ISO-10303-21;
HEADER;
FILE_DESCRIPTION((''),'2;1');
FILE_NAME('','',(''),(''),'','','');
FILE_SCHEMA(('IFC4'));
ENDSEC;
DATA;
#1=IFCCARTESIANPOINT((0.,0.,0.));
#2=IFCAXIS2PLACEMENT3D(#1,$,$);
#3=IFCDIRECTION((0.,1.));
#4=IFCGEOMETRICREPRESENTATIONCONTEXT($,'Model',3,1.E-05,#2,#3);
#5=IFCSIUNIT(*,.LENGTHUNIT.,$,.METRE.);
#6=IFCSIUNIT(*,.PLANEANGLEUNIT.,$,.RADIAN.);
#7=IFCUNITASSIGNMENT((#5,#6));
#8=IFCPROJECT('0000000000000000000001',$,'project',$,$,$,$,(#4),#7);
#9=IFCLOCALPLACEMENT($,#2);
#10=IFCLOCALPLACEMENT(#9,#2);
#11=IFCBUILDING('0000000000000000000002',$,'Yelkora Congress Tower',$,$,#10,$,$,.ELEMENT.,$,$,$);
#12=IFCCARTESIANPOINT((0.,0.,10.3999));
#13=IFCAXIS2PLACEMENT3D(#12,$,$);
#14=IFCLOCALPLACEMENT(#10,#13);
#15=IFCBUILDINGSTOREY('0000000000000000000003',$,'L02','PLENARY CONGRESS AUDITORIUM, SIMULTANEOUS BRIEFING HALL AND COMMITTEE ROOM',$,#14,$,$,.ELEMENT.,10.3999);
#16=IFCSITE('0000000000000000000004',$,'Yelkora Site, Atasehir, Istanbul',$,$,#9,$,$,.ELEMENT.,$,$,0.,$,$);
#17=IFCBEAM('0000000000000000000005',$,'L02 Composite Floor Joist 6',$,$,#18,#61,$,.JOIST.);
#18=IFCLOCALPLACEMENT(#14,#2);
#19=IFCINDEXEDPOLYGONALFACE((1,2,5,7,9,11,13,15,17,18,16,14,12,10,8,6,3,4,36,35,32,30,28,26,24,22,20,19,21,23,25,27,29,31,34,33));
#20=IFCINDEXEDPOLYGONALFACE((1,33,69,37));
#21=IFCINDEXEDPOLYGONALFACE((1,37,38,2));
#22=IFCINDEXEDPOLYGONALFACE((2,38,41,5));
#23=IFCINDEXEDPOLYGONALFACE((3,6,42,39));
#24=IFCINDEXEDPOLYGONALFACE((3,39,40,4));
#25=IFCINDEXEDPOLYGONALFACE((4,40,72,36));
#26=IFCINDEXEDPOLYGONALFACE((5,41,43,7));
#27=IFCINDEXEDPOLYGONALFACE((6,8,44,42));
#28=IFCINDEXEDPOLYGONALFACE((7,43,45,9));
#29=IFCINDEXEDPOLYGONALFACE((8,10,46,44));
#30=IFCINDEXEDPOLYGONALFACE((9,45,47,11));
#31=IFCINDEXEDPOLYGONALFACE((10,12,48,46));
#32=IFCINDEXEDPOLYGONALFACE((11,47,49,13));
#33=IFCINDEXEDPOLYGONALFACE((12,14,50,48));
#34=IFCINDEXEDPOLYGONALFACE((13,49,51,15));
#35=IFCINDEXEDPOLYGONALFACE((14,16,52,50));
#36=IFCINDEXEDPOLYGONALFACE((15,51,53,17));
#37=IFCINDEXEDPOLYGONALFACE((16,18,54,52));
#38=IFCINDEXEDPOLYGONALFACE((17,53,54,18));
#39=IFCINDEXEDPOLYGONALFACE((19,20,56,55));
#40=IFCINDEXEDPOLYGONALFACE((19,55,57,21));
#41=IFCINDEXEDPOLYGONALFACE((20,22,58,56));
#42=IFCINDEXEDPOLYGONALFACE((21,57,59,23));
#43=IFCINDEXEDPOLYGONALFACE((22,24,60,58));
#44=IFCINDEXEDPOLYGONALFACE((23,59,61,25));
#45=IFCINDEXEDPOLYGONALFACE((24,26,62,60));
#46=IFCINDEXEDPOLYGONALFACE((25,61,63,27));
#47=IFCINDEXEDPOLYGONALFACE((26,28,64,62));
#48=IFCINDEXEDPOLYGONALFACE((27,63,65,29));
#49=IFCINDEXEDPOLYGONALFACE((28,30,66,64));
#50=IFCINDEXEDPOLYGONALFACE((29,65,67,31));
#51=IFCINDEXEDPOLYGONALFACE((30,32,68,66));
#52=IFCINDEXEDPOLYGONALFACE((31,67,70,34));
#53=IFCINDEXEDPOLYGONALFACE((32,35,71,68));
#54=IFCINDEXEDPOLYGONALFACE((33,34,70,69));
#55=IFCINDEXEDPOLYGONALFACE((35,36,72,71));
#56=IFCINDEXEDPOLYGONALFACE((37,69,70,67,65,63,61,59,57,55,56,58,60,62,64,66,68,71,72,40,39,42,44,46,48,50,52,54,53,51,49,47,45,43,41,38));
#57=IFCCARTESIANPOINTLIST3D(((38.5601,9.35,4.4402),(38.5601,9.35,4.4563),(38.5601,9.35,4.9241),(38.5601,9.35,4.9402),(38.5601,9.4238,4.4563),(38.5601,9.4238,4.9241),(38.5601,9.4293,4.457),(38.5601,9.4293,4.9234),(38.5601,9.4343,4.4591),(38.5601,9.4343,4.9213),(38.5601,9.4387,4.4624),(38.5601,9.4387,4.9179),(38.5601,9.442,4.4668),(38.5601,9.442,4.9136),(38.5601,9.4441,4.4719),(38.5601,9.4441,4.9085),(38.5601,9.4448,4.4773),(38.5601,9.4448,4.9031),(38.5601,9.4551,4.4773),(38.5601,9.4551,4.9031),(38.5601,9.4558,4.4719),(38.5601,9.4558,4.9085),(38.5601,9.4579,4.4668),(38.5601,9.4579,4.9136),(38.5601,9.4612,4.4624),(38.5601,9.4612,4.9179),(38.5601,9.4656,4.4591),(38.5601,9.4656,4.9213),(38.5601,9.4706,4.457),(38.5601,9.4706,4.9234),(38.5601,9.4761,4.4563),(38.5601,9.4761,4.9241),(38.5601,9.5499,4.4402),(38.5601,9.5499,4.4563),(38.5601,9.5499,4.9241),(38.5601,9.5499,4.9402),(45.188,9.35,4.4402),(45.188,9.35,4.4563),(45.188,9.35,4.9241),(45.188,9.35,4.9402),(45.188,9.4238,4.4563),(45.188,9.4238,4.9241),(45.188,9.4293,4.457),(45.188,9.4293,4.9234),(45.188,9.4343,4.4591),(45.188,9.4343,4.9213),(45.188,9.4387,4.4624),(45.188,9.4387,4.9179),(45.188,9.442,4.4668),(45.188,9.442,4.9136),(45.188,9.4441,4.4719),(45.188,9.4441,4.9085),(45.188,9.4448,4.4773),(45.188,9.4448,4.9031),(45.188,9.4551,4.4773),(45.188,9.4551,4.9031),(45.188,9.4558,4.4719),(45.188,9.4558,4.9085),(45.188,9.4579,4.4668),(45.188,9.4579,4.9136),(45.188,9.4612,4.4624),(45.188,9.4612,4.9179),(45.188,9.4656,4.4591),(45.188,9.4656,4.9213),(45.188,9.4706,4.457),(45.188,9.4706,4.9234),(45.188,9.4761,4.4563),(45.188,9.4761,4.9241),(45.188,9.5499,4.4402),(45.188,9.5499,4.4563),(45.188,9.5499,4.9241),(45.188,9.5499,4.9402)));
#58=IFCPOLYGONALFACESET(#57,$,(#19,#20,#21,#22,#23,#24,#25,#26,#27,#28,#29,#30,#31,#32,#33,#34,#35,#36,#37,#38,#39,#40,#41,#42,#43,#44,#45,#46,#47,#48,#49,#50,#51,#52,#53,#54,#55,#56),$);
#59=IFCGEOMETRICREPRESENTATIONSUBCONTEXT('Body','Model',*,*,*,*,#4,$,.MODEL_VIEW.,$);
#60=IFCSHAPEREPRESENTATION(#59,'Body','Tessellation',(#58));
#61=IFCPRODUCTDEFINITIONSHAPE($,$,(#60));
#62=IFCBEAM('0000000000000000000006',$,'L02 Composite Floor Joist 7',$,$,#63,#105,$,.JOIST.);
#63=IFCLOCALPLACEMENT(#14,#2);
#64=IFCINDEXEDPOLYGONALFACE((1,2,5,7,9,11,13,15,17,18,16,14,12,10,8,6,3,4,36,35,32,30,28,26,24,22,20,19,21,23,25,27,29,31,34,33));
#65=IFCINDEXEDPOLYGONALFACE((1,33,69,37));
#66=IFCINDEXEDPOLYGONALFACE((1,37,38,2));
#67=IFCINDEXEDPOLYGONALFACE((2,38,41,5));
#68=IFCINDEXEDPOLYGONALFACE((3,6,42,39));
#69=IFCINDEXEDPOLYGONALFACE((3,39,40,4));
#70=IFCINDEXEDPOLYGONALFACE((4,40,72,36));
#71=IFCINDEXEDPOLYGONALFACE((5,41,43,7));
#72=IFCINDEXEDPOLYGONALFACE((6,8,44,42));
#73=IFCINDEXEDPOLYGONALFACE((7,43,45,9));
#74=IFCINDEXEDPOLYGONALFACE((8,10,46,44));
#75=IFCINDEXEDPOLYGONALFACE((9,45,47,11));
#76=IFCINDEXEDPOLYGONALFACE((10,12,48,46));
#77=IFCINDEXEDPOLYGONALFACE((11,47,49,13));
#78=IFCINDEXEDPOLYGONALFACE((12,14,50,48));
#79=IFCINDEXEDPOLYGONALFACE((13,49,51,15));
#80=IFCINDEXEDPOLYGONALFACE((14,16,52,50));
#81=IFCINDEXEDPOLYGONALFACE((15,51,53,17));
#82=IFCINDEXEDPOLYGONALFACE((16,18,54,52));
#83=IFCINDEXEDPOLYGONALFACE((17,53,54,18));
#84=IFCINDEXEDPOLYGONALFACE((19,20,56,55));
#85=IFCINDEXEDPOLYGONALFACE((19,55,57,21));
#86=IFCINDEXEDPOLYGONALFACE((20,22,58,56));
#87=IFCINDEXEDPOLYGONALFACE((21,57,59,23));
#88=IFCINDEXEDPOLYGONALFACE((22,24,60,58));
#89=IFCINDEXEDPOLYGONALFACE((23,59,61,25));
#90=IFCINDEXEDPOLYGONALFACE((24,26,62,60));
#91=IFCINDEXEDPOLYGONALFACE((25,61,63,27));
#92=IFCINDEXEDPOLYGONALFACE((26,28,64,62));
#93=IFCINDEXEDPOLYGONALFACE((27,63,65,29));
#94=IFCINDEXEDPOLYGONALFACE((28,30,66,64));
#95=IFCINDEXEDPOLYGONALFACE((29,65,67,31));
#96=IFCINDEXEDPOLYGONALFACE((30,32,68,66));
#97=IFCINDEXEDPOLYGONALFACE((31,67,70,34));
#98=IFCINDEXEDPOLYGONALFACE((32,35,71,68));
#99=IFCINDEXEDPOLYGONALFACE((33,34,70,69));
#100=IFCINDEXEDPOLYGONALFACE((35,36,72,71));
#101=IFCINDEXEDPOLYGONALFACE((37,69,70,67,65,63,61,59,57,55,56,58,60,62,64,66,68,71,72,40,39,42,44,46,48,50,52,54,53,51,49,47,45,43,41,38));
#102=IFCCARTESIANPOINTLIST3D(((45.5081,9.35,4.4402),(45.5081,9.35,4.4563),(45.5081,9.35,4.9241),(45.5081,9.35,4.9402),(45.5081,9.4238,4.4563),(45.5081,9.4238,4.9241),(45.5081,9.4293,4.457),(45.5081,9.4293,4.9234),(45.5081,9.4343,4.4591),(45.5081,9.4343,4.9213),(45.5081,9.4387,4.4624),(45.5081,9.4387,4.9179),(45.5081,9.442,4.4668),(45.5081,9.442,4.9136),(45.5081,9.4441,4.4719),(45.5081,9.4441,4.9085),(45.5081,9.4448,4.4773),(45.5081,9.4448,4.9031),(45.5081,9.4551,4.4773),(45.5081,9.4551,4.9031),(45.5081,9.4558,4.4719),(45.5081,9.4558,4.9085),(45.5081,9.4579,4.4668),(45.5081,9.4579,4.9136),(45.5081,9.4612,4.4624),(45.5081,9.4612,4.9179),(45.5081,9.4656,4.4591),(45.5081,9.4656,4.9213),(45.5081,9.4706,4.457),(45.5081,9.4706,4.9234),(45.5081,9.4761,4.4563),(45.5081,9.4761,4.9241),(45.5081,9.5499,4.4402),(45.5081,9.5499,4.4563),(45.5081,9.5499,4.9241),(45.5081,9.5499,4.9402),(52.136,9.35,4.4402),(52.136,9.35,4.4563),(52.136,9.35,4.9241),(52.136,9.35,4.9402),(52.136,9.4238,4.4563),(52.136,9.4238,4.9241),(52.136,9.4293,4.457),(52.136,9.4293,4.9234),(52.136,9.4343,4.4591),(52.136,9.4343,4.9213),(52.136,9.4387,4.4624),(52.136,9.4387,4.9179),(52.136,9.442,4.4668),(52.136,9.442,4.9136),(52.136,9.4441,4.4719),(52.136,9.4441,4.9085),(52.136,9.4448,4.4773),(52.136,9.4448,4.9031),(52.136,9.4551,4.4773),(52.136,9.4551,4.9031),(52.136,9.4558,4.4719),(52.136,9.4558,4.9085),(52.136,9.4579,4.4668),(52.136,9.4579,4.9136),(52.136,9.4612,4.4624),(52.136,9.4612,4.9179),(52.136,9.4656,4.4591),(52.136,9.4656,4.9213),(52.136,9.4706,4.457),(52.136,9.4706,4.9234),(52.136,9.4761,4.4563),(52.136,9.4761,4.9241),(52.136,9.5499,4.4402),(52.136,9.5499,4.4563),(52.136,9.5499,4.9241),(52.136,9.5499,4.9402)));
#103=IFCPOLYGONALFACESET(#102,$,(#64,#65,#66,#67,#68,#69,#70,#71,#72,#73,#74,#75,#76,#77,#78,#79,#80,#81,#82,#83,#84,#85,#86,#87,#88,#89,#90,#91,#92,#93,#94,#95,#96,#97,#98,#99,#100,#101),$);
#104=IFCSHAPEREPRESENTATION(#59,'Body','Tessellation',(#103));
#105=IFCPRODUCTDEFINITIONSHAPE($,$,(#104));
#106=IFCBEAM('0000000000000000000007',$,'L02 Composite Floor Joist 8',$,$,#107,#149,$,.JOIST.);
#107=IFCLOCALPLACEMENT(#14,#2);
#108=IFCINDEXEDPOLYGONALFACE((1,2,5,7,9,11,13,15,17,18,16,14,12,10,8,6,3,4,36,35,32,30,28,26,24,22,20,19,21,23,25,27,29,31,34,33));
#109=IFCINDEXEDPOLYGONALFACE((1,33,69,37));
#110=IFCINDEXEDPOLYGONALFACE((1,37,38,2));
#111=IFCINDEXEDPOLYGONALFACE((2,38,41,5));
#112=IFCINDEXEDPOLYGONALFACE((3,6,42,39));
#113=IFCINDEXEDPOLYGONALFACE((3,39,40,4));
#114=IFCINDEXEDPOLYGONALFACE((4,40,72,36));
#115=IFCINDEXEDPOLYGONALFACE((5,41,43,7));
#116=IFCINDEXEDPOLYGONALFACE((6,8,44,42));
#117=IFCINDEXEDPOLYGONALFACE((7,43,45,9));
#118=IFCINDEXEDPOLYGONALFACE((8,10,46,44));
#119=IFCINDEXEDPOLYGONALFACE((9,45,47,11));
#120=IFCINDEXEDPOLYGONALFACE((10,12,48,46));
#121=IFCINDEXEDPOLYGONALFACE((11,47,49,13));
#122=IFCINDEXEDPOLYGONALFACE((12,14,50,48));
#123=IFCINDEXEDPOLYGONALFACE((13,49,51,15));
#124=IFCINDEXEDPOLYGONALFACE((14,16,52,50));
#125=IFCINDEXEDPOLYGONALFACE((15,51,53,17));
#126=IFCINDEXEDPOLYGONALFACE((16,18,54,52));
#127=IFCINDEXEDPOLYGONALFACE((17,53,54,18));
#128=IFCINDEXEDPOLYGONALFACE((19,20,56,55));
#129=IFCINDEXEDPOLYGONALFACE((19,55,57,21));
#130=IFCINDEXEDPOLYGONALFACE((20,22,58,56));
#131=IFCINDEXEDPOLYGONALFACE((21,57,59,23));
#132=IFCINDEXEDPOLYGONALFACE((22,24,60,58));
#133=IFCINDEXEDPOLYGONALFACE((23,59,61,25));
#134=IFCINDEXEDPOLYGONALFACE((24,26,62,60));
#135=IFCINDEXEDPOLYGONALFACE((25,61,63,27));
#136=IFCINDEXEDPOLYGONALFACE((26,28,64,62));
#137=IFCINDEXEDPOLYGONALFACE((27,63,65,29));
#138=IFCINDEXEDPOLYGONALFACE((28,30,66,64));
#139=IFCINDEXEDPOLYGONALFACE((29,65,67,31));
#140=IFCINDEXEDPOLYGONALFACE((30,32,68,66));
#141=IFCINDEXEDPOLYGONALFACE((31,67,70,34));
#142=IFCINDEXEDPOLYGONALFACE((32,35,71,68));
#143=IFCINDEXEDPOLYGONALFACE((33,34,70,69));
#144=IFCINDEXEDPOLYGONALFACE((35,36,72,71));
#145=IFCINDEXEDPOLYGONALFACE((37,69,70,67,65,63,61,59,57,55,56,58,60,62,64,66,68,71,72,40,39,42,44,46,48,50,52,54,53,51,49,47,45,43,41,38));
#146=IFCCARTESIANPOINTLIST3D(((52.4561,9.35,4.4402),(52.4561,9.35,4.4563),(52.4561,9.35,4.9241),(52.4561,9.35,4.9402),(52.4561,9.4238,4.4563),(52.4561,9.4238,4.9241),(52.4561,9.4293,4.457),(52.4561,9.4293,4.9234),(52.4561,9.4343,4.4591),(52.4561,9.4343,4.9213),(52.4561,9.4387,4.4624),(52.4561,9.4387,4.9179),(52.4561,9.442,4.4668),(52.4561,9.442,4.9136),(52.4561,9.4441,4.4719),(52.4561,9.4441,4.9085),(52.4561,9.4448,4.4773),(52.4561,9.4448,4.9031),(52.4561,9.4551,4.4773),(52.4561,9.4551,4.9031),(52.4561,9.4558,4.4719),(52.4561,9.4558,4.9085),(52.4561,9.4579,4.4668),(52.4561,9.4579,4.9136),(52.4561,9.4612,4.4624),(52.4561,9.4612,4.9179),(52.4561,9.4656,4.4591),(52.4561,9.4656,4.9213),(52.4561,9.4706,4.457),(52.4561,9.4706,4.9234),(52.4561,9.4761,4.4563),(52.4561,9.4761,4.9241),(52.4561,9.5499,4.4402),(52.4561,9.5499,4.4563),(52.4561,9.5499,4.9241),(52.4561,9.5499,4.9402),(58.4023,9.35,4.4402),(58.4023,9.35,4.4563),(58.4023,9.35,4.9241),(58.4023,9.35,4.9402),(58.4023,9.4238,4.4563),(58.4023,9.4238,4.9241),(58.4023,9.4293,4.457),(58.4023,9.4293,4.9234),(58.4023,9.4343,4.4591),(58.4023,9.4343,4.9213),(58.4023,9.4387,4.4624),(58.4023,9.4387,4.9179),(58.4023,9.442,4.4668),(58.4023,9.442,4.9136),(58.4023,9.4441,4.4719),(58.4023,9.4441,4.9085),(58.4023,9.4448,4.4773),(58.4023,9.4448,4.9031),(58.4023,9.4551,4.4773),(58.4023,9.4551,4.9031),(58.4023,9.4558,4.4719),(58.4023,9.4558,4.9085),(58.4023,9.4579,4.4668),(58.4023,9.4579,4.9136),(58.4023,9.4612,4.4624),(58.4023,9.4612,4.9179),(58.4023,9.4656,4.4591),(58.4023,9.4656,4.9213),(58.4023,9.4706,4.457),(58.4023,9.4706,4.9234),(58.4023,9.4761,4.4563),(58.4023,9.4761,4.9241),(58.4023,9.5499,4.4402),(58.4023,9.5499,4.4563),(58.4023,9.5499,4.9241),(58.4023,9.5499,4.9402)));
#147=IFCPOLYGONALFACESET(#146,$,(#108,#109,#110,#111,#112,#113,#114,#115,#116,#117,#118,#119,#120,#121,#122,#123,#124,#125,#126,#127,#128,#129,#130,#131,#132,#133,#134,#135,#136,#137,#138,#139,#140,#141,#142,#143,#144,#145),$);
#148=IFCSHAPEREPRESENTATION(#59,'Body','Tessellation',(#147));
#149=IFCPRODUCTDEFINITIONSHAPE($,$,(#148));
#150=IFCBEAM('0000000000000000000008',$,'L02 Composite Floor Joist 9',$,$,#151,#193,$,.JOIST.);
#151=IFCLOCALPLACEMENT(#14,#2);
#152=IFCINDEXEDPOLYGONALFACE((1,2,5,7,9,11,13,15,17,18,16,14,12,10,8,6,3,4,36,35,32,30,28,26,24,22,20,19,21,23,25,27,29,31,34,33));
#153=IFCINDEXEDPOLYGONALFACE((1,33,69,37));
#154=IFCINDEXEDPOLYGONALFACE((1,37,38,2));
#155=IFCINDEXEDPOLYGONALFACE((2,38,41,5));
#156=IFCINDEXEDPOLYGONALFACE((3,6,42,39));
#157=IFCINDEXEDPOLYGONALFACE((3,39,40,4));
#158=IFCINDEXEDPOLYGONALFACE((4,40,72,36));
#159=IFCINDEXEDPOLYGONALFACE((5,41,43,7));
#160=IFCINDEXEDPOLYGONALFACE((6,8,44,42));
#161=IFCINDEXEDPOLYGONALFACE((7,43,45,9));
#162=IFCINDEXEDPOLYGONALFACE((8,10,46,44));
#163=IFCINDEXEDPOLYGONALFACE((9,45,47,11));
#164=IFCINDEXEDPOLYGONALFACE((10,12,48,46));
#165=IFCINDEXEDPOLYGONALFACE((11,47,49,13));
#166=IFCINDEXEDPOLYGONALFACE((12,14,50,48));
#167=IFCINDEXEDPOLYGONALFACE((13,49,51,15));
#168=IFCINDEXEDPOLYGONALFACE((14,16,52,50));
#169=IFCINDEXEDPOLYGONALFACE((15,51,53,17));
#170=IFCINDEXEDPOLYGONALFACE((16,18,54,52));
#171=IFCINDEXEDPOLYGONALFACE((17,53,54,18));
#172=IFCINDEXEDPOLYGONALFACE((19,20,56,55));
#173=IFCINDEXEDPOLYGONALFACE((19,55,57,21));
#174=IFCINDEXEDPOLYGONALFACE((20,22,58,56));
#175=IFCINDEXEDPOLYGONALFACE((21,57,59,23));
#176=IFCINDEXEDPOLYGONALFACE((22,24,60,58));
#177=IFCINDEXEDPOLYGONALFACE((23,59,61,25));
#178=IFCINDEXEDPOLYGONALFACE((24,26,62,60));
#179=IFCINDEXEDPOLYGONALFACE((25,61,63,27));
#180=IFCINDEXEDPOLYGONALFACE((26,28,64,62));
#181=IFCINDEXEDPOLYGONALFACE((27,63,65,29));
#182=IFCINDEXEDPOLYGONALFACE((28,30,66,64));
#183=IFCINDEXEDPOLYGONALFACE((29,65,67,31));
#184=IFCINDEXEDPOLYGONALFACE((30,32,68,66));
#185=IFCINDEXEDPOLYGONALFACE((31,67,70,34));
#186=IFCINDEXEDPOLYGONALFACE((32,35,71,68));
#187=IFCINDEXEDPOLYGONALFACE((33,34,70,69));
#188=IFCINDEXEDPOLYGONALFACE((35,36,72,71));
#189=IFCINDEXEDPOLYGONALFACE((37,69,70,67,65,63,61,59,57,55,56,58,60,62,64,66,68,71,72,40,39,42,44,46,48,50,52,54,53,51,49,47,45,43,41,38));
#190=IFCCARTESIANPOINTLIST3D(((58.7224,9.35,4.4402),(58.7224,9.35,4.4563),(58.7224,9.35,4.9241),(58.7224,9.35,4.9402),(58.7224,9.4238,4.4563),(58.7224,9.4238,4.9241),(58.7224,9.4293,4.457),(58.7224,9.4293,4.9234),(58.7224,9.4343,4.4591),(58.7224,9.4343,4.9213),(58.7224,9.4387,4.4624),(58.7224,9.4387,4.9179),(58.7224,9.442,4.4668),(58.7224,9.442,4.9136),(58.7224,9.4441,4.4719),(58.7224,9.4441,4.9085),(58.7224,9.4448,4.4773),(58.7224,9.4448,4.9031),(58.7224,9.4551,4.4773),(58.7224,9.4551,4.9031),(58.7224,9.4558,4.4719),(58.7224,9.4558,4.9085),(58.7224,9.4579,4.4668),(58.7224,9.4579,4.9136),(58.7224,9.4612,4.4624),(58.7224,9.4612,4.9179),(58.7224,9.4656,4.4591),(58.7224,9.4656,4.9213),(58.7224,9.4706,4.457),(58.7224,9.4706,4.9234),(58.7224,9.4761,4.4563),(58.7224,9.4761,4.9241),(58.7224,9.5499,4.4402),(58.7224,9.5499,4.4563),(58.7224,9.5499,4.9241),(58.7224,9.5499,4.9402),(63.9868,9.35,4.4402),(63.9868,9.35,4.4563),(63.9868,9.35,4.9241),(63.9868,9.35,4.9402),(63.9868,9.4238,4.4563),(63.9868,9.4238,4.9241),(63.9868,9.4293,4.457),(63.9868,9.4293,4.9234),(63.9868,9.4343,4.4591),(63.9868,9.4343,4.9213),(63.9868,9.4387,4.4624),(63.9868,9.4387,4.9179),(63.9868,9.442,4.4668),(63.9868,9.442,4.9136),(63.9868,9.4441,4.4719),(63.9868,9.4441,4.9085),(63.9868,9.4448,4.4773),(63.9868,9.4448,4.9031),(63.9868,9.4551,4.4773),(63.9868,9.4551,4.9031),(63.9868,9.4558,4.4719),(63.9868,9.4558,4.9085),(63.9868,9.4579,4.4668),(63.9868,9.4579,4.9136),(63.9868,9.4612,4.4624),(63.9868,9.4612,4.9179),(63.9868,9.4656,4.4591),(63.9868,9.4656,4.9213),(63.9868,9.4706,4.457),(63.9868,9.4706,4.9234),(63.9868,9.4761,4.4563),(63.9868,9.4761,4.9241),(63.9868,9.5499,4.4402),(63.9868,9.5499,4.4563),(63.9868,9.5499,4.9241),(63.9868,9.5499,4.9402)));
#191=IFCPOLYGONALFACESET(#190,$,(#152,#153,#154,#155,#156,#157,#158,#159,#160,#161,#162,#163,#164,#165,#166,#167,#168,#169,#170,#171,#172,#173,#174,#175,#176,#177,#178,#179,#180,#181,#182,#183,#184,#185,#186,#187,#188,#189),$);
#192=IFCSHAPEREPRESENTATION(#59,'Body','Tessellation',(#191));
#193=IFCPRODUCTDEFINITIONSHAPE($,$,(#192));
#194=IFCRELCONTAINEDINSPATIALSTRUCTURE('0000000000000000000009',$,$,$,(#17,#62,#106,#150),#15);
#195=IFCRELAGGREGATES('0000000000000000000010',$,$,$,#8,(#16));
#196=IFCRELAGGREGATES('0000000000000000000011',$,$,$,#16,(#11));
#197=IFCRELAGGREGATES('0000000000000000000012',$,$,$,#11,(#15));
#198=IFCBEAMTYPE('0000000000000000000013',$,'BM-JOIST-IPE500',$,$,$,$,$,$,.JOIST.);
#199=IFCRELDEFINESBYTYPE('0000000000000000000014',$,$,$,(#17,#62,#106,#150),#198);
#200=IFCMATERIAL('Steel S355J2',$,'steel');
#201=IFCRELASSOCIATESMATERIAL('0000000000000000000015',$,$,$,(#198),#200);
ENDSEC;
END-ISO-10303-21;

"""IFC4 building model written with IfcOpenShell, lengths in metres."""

from ifc_helpers import new_model, si_unit, direction, frame, origin, origin_2d, place, context, subcontext, project, spatial, i_section, extrude, material, material_profile, profile_set, type_object, element, save


model = new_model("IFC4")

# Units and contexts
model_context = context("Model", 3, precision=1e-05, world=origin(), true_north=direction((0.0, 1.0)))
body_context = subcontext(model_context, "Body", "Model", "MODEL_VIEW")
ifc_project = project(units=[si_unit("LENGTHUNIT", "METRE"), si_unit("PLANEANGLEUNIT", "RADIAN")], contexts=[model_context])

# Site, building, storey
site_placement = place(None, origin())
site = spatial("IfcSite", under=ifc_project, at=site_placement, Name="Yelkora Site, Atasehir, Istanbul", CompositionType="ELEMENT", RefElevation=0.0)
building_placement = place(site_placement, origin())
building = spatial("IfcBuilding", under=site, at=building_placement, Name="Yelkora Congress Tower", CompositionType="ELEMENT")
storey_placement = place(building_placement, frame((0.0, 0.0, 10.3999)))
storey = spatial("IfcBuildingStorey", under=building, at=storey_placement, Name="L02", Description="PLENARY CONGRESS AUDITORIUM, SIMULTANEOUS BRIEFING HALL AND COMMITTEE ROOM", CompositionType="ELEMENT", Elevation=10.3999)

# Beams
ifc_material_1 = material(Name="Steel S355J2", Category="steel")
ifc_material_profile_1 = material_profile(ifc_material_1, i_section(OverallWidth=0.2, OverallDepth=0.5, WebThickness=0.0103, FlangeThickness=0.0161, FilletRadius=0.021, at=origin_2d()), Name="IPE 500")
ifc_profile_set_1 = profile_set([ifc_material_profile_1], Name="Steel S355J2")
beam_type_1 = type_object("IfcBeamType", Name="BM-JOIST-IPE500", PredefinedType="JOIST", material=ifc_profile_set_1)
for number, where, z_axis, x_axis, name in (
    (1, (38.5601, 9.45, 4.6902), (1.0, 0.0, 0.0), (0.0, 1.0, 0.0), "L02 Composite Floor Joist 6"),
    (2, (45.5081, 9.45, 4.6902), (1.0, 0.0, 0.0), (0.0, 1.0, 0.0), "L02 Composite Floor Joist 7"),
):
    element("IfcBeam", number, at=place(storey_placement, frame(where, z_axis=z_axis, x_axis=x_axis)), inside=storey, type_object=beam_type_1, Name=name, PredefinedType="JOIST", context=body_context, shape_type="SweptSolid", body=[
        extrude(i_section(OverallWidth=0.2, OverallDepth=0.5, WebThickness=0.0103, FlangeThickness=0.0161, FilletRadius=0.021, at=origin_2d()), origin(), (0.0, 0.0, 1.0), 6.6279),
    ])
beam_1_placement = place(storey_placement, frame((52.4561, 9.45, 4.6902), z_axis=(1.0, 0.0, 0.0), x_axis=(0.0, 1.0, 0.0)))
element("IfcBeam", 3, at=beam_1_placement, inside=storey, type_object=beam_type_1, Name="L02 Composite Floor Joist 8", PredefinedType="JOIST", context=body_context, shape_type="SweptSolid", body=[
    extrude(i_section(OverallWidth=0.2, OverallDepth=0.5, WebThickness=0.0103, FlangeThickness=0.0161, FilletRadius=0.021, at=origin_2d()), origin(), (0.0, 0.0, 1.0), 5.9463),
])
beam_2_placement = place(storey_placement, frame((58.7224, 9.45, 4.6902), z_axis=(1.0, 0.0, 0.0), x_axis=(0.0, 1.0, 0.0)))
element("IfcBeam", 4, at=beam_2_placement, inside=storey, type_object=beam_type_1, Name="L02 Composite Floor Joist 9", PredefinedType="JOIST", context=body_context, shape_type="SweptSolid", body=[
    extrude(i_section(OverallWidth=0.2, OverallDepth=0.5, WebThickness=0.0103, FlangeThickness=0.0161, FilletRadius=0.021, at=origin_2d()), origin(), (0.0, 0.0, 1.0), 5.2644),
])

save(model, "model.ifc")
